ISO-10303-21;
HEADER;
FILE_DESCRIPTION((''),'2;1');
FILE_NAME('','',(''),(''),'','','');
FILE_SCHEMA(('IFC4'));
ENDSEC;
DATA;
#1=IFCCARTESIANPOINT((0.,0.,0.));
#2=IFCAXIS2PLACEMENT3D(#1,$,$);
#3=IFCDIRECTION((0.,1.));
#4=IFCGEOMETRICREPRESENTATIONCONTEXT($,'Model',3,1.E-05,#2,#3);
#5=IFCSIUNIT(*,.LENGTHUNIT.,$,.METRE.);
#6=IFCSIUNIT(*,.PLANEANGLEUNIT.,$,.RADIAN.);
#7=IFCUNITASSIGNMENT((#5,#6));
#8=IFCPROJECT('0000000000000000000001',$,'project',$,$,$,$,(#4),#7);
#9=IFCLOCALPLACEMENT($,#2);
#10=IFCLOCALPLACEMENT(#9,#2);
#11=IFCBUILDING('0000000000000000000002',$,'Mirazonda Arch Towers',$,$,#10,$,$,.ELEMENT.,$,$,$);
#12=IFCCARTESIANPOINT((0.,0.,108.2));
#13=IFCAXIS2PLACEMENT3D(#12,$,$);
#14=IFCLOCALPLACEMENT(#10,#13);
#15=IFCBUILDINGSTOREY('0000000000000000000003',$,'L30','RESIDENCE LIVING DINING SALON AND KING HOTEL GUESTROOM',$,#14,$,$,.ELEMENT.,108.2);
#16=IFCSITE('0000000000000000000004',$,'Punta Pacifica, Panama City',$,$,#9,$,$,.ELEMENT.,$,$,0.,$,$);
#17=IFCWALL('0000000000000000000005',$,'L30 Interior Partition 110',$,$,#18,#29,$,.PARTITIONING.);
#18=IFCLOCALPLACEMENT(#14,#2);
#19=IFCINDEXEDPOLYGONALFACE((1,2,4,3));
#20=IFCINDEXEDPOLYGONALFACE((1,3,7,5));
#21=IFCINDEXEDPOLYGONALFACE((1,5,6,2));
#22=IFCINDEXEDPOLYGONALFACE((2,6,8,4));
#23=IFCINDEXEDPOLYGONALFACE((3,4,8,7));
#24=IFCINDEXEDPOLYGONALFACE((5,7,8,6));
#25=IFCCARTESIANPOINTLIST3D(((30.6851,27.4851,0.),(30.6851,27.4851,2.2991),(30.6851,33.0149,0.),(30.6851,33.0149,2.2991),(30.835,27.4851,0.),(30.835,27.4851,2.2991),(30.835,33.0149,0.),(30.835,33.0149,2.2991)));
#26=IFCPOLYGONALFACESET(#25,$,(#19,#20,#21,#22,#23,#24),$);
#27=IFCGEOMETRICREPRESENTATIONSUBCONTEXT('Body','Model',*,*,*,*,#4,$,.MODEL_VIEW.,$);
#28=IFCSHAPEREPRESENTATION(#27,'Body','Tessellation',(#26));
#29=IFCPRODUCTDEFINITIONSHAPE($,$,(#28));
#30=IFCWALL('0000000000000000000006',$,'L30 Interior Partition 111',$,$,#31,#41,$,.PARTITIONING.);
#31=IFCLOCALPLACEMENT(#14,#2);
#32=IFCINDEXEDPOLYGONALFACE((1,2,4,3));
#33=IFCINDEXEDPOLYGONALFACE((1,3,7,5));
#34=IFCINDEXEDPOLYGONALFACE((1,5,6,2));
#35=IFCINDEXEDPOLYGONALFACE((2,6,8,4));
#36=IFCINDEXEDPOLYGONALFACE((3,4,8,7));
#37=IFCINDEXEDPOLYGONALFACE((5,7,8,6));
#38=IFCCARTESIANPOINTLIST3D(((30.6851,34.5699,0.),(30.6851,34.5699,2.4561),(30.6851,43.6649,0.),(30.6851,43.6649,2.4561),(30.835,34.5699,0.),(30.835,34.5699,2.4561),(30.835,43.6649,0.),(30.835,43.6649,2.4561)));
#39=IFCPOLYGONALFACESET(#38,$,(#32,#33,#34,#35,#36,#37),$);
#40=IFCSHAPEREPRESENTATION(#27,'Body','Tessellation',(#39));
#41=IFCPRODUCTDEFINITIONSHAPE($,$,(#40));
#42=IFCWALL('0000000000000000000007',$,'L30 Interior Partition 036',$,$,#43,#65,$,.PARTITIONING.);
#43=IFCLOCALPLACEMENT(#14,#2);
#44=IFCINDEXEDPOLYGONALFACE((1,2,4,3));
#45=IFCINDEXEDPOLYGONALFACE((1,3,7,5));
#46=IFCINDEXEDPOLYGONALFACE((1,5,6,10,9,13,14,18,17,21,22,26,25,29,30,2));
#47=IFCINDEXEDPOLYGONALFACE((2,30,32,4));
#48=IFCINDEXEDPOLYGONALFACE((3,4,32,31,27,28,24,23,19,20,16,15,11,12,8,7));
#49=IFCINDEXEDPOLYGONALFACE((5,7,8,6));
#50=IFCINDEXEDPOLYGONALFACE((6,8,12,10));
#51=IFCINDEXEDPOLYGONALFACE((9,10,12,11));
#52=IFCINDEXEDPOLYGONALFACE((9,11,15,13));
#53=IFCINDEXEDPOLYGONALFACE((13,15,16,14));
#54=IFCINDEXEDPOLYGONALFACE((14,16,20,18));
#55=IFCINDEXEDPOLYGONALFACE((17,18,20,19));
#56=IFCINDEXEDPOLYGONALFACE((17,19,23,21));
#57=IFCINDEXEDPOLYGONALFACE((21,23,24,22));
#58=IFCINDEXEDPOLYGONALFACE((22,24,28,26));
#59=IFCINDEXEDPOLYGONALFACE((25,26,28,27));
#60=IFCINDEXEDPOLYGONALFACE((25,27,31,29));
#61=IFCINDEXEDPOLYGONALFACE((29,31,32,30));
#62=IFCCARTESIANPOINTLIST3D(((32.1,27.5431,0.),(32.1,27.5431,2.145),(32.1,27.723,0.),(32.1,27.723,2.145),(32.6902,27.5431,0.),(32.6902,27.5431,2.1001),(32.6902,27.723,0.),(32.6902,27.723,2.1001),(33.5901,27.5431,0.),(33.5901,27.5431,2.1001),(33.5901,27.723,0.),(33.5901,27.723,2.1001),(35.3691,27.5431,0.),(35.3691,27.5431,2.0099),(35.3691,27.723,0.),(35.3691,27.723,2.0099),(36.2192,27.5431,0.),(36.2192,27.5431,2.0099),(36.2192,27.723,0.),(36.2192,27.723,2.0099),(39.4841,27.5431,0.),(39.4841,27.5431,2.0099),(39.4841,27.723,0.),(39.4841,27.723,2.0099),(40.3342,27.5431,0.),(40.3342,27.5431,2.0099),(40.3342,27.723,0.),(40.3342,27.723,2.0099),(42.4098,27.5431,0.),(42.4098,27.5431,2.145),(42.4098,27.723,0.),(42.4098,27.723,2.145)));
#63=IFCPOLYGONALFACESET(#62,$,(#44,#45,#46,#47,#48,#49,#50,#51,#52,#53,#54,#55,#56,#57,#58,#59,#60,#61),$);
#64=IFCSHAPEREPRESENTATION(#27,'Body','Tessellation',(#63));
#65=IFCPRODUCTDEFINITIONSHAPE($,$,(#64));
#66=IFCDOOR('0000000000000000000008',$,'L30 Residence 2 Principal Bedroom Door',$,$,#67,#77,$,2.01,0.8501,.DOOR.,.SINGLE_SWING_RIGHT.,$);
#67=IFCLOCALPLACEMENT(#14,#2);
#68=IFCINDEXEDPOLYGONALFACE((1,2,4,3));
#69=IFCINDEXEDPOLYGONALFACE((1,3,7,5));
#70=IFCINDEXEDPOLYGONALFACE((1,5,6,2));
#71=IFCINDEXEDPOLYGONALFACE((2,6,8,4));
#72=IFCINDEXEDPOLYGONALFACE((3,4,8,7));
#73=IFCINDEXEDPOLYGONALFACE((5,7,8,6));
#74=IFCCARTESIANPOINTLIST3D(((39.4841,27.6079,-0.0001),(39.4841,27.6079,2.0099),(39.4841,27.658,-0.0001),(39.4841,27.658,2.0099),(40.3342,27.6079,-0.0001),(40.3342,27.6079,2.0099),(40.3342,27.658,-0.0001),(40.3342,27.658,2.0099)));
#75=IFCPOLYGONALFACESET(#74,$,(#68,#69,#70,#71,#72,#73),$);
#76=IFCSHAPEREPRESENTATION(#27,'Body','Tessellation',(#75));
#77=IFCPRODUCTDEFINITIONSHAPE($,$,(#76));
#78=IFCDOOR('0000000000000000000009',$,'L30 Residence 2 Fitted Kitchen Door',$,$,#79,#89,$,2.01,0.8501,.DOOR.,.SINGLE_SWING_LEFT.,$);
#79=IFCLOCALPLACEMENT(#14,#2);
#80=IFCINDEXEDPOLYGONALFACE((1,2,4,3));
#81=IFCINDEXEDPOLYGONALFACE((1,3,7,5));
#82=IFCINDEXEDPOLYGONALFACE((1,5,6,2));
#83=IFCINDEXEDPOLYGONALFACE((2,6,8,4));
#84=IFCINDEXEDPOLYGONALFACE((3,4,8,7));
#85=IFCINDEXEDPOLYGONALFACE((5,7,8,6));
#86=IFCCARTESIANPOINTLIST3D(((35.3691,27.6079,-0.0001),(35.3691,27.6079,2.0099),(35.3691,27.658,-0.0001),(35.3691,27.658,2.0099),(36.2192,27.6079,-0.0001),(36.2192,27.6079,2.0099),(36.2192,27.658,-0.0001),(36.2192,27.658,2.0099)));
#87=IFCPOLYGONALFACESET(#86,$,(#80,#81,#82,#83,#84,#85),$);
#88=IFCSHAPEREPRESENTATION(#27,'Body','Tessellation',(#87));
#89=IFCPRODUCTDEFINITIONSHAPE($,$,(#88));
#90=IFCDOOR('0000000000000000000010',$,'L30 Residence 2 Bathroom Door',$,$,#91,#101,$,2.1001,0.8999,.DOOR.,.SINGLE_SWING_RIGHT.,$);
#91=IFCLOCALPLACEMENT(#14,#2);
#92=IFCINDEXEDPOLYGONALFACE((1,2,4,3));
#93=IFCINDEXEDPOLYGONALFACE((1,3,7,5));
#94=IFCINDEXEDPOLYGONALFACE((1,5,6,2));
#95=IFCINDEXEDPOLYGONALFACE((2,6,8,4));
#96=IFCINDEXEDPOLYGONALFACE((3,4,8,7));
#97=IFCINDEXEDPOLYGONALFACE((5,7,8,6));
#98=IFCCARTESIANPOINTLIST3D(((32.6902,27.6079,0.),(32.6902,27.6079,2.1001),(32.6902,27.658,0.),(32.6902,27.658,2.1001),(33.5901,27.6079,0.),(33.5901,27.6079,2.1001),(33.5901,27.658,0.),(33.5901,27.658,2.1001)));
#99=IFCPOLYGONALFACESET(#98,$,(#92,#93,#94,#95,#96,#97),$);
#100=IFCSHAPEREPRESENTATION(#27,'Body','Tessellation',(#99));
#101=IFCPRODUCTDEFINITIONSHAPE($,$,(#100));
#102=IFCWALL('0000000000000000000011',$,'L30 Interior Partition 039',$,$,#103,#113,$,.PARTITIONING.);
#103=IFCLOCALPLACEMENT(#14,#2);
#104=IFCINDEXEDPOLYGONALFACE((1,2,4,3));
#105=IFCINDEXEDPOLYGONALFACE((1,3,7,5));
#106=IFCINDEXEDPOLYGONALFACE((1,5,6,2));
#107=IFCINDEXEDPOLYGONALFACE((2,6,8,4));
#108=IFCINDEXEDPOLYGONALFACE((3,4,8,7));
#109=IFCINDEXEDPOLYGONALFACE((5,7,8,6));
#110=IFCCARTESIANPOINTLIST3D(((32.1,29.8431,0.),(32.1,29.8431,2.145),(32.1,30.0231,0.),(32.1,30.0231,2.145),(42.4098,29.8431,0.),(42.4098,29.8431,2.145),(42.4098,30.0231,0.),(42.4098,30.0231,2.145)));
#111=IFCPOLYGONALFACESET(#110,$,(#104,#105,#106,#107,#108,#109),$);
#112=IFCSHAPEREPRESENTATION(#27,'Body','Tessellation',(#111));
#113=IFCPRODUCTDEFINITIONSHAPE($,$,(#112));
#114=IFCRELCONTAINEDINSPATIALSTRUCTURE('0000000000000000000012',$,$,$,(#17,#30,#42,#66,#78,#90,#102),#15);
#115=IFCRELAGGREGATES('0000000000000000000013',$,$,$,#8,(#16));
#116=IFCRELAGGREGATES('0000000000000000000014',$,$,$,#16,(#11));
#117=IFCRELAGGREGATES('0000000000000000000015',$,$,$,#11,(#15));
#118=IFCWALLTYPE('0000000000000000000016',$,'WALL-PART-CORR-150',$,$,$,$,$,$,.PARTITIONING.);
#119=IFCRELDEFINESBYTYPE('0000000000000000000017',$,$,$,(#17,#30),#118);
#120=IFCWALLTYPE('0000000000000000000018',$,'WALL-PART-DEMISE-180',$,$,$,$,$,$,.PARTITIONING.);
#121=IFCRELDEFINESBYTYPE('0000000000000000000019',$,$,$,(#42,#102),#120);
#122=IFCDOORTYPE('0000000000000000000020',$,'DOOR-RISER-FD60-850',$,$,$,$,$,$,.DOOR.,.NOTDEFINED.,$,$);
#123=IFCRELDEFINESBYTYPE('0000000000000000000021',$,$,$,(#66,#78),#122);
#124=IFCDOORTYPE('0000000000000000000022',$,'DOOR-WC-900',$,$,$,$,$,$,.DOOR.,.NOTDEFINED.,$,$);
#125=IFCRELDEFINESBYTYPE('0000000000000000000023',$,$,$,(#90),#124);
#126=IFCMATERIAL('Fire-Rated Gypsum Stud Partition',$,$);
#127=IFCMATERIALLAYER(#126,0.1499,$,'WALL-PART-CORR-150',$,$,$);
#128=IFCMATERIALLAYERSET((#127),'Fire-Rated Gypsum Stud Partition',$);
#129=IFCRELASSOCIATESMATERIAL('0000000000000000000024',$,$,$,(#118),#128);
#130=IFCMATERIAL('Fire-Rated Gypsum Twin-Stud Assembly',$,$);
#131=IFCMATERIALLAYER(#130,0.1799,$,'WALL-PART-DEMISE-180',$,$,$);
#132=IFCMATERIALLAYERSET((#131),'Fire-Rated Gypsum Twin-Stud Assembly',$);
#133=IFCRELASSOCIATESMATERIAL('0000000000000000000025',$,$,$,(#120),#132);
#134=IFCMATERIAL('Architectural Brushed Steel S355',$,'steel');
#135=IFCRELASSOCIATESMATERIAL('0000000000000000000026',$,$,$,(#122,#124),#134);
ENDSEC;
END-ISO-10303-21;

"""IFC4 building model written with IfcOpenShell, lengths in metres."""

from ifc_helpers import new_model, si_unit, direction, frame, frame_2d, origin, place, context, subcontext, project, spatial, rectangle, extrude, material, layer, layer_set, type_object, element, fill, save


model = new_model("IFC4")

# Units and contexts
model_context = context("Model", 3, precision=1e-05, world=origin(), true_north=direction((0.0, 1.0)))
body_context = subcontext(model_context, "Body", "Model", "MODEL_VIEW")
ifc_project = project(units=[si_unit("LENGTHUNIT", "METRE"), si_unit("PLANEANGLEUNIT", "RADIAN")], contexts=[model_context])

# Site, building, storey
site_placement = place(None, origin())
site = spatial("IfcSite", under=ifc_project, at=site_placement, Name="Punta Pacifica, Panama City", CompositionType="ELEMENT", RefElevation=0.0)
building_placement = place(site_placement, origin())
building = spatial("IfcBuilding", under=site, at=building_placement, Name="Mirazonda Arch Towers", CompositionType="ELEMENT")
storey_placement = place(building_placement, frame((0.0, 0.0, 108.2)))
storey = spatial("IfcBuildingStorey", under=building, at=storey_placement, Name="L30", Description="RESIDENCE LIVING DINING SALON AND KING HOTEL GUESTROOM", CompositionType="ELEMENT", Elevation=108.2)

# Walls
ifc_material_1 = material(Name="Fire-Rated Gypsum Stud Partition")
ifc_layer_1 = layer(ifc_material_1, 0.1499, Name="WALL-PART-CORR-150")
ifc_layer_set_1 = layer_set([ifc_layer_1], Name="Fire-Rated Gypsum Stud Partition")
wall_type_1 = type_object("IfcWallType", Name="WALL-PART-CORR-150", PredefinedType="PARTITIONING", material=ifc_layer_set_1)
wall_1_placement = place(storey_placement, frame((30.76, 27.4851, 0.0), z_axis=(0.0, 0.0, 1.0), x_axis=(0.0, 1.0, 0.0)))
element("IfcWall", 1, at=wall_1_placement, inside=storey, type_object=wall_type_1, Name="L30 Interior Partition 110", PredefinedType="PARTITIONING", context=body_context, shape_type="SweptSolid", body=[
    extrude(rectangle(XDim=5.5298, YDim=0.1499, at=frame_2d((2.7649, 0.0))), origin(), (0.0, 0.0, 1.0), 2.2991),
])
wall_2_placement = place(storey_placement, frame((30.76, 34.5701, 0.0), z_axis=(0.0, 0.0, 1.0), x_axis=(0.0, 1.0, 0.0)))
element("IfcWall", 2, at=wall_2_placement, inside=storey, type_object=wall_type_1, Name="L30 Interior Partition 111", PredefinedType="PARTITIONING", context=body_context, shape_type="SweptSolid", body=[
    extrude(rectangle(XDim=9.095, YDim=0.1499, at=frame_2d((4.5474, 0.0))), origin(), (0.0, 0.0, 1.0), 2.4561),
])

# Wall, openings, doors
ifc_material_2 = material(Name="Fire-Rated Gypsum Twin-Stud Assembly")
ifc_layer_2 = layer(ifc_material_2, 0.1799, Name="WALL-PART-DEMISE-180")
ifc_layer_set_2 = layer_set([ifc_layer_2], Name="Fire-Rated Gypsum Twin-Stud Assembly")
wall_type_2 = type_object("IfcWallType", Name="WALL-PART-DEMISE-180", PredefinedType="PARTITIONING", material=ifc_layer_set_2)
wall_3_placement = place(storey_placement, frame((32.1001, 27.6331, 0.0), z_axis=(0.0, 0.0, 1.0), x_axis=(1.0, 0.0, 0.0)))
wall_3 = element("IfcWall", 3, at=wall_3_placement, inside=storey, type_object=wall_type_2, Name="L30 Interior Partition 036", PredefinedType="PARTITIONING", context=body_context, shape_type="SweptSolid", body=[
    extrude(rectangle(XDim=10.3098, YDim=0.1799, at=frame_2d((5.1548, 0.0))), origin(), (0.0, 0.0, 1.0), 2.145),
])
opening_1_placement = place(wall_3_placement, frame((7.384, 0.0, 0.0)))
opening_1 = element("IfcOpeningElement", 4, at=opening_1_placement, cuts=wall_3, PredefinedType="OPENING", context=body_context, shape_type="SweptSolid", body=[
    extrude(rectangle(XDim=0.8501, YDim=2.01, at=frame_2d((0.425, 1.0049))), frame((0.0, 0.0999, 0.0), z_axis=(0.0, -1.0, 0.0), x_axis=(1.0, 0.0, 0.0)), (0.0, 0.0, 1.0), 0.2),
])
opening_2_placement = place(wall_3_placement, frame((3.269, 0.0, 0.0)))
opening_2 = element("IfcOpeningElement", 5, at=opening_2_placement, cuts=wall_3, PredefinedType="OPENING", context=body_context, shape_type="SweptSolid", body=[
    extrude(rectangle(XDim=0.8501, YDim=2.01, at=frame_2d((0.425, 1.0049))), frame((0.0, 0.0999, 0.0), z_axis=(0.0, -1.0, 0.0), x_axis=(1.0, 0.0, 0.0)), (0.0, 0.0, 1.0), 0.2),
])
opening_3_placement = place(wall_3_placement, frame((0.5901, 0.0, 0.0)))
opening_3 = element("IfcOpeningElement", 6, at=opening_3_placement, cuts=wall_3, PredefinedType="OPENING", context=body_context, shape_type="SweptSolid", body=[
    extrude(rectangle(XDim=0.8999, YDim=2.1001, at=frame_2d((0.45, 1.05))), frame((0.0, 0.0999, 0.0), z_axis=(0.0, -1.0, 0.0), x_axis=(1.0, 0.0, 0.0)), (0.0, 0.0, 1.0), 0.2),
])
ifc_material_3 = material(Name="Architectural Brushed Steel S355", Category="steel")
door_type_1 = type_object("IfcDoorType", Name="DOOR-RISER-FD60-850", OperationType="NOTDEFINED", PredefinedType="DOOR", material=ifc_material_3)
door_1_placement = place(opening_1_placement, origin())
door_1 = element("IfcDoor", 7, at=door_1_placement, inside=storey, type_object=door_type_1, Name="L30 Residence 2 Principal Bedroom Door", OperationType="SINGLE_SWING_RIGHT", OverallHeight=2.01, OverallWidth=0.8501, PredefinedType="DOOR", context=body_context, shape_type="SweptSolid", body=[
    extrude(rectangle(XDim=0.8501, YDim=2.01, at=frame_2d((0.425, 1.0049))), frame((0.0, 0.0249, 0.0), z_axis=(0.0, -1.0, 0.0), x_axis=(1.0, 0.0, 0.0)), (0.0, 0.0, 1.0), 0.05),
])
fill(opening_1, door_1)
door_2_placement = place(opening_2_placement, origin())
door_2 = element("IfcDoor", 8, at=door_2_placement, inside=storey, type_object=door_type_1, Name="L30 Residence 2 Fitted Kitchen Door", OperationType="SINGLE_SWING_LEFT", OverallHeight=2.01, OverallWidth=0.8501, PredefinedType="DOOR", context=body_context, shape_type="SweptSolid", body=[
    extrude(rectangle(XDim=0.8501, YDim=2.01, at=frame_2d((0.425, 1.0049))), frame((0.0, 0.0249, 0.0), z_axis=(0.0, -1.0, 0.0), x_axis=(1.0, 0.0, 0.0)), (0.0, 0.0, 1.0), 0.05),
])
fill(opening_2, door_2)
door_type_2 = type_object("IfcDoorType", Name="DOOR-WC-900", OperationType="NOTDEFINED", PredefinedType="DOOR", material=ifc_material_3)
door_3_placement = place(opening_3_placement, origin())
door_3 = element("IfcDoor", 9, at=door_3_placement, inside=storey, type_object=door_type_2, Name="L30 Residence 2 Bathroom Door", OperationType="SINGLE_SWING_RIGHT", OverallHeight=2.1001, OverallWidth=0.8999, PredefinedType="DOOR", context=body_context, shape_type="SweptSolid", body=[
    extrude(rectangle(XDim=0.8999, YDim=2.1001, at=frame_2d((0.45, 1.05))), frame((0.0, 0.0249, 0.0), z_axis=(0.0, -1.0, 0.0), x_axis=(1.0, 0.0, 0.0)), (0.0, 0.0, 1.0), 0.05),
])
fill(opening_3, door_3)

# Wall
wall_4_placement = place(storey_placement, frame((32.1001, 29.9331, 0.0), z_axis=(0.0, 0.0, 1.0), x_axis=(1.0, 0.0, 0.0)))
element("IfcWall", 10, at=wall_4_placement, inside=storey, type_object=wall_type_2, Name="L30 Interior Partition 039", PredefinedType="PARTITIONING", context=body_context, shape_type="SweptSolid", body=[
    extrude(rectangle(XDim=10.3098, YDim=0.1799, at=frame_2d((5.1548, 0.0))), origin(), (0.0, 0.0, 1.0), 2.145),
])

save(model, "model.ifc")
